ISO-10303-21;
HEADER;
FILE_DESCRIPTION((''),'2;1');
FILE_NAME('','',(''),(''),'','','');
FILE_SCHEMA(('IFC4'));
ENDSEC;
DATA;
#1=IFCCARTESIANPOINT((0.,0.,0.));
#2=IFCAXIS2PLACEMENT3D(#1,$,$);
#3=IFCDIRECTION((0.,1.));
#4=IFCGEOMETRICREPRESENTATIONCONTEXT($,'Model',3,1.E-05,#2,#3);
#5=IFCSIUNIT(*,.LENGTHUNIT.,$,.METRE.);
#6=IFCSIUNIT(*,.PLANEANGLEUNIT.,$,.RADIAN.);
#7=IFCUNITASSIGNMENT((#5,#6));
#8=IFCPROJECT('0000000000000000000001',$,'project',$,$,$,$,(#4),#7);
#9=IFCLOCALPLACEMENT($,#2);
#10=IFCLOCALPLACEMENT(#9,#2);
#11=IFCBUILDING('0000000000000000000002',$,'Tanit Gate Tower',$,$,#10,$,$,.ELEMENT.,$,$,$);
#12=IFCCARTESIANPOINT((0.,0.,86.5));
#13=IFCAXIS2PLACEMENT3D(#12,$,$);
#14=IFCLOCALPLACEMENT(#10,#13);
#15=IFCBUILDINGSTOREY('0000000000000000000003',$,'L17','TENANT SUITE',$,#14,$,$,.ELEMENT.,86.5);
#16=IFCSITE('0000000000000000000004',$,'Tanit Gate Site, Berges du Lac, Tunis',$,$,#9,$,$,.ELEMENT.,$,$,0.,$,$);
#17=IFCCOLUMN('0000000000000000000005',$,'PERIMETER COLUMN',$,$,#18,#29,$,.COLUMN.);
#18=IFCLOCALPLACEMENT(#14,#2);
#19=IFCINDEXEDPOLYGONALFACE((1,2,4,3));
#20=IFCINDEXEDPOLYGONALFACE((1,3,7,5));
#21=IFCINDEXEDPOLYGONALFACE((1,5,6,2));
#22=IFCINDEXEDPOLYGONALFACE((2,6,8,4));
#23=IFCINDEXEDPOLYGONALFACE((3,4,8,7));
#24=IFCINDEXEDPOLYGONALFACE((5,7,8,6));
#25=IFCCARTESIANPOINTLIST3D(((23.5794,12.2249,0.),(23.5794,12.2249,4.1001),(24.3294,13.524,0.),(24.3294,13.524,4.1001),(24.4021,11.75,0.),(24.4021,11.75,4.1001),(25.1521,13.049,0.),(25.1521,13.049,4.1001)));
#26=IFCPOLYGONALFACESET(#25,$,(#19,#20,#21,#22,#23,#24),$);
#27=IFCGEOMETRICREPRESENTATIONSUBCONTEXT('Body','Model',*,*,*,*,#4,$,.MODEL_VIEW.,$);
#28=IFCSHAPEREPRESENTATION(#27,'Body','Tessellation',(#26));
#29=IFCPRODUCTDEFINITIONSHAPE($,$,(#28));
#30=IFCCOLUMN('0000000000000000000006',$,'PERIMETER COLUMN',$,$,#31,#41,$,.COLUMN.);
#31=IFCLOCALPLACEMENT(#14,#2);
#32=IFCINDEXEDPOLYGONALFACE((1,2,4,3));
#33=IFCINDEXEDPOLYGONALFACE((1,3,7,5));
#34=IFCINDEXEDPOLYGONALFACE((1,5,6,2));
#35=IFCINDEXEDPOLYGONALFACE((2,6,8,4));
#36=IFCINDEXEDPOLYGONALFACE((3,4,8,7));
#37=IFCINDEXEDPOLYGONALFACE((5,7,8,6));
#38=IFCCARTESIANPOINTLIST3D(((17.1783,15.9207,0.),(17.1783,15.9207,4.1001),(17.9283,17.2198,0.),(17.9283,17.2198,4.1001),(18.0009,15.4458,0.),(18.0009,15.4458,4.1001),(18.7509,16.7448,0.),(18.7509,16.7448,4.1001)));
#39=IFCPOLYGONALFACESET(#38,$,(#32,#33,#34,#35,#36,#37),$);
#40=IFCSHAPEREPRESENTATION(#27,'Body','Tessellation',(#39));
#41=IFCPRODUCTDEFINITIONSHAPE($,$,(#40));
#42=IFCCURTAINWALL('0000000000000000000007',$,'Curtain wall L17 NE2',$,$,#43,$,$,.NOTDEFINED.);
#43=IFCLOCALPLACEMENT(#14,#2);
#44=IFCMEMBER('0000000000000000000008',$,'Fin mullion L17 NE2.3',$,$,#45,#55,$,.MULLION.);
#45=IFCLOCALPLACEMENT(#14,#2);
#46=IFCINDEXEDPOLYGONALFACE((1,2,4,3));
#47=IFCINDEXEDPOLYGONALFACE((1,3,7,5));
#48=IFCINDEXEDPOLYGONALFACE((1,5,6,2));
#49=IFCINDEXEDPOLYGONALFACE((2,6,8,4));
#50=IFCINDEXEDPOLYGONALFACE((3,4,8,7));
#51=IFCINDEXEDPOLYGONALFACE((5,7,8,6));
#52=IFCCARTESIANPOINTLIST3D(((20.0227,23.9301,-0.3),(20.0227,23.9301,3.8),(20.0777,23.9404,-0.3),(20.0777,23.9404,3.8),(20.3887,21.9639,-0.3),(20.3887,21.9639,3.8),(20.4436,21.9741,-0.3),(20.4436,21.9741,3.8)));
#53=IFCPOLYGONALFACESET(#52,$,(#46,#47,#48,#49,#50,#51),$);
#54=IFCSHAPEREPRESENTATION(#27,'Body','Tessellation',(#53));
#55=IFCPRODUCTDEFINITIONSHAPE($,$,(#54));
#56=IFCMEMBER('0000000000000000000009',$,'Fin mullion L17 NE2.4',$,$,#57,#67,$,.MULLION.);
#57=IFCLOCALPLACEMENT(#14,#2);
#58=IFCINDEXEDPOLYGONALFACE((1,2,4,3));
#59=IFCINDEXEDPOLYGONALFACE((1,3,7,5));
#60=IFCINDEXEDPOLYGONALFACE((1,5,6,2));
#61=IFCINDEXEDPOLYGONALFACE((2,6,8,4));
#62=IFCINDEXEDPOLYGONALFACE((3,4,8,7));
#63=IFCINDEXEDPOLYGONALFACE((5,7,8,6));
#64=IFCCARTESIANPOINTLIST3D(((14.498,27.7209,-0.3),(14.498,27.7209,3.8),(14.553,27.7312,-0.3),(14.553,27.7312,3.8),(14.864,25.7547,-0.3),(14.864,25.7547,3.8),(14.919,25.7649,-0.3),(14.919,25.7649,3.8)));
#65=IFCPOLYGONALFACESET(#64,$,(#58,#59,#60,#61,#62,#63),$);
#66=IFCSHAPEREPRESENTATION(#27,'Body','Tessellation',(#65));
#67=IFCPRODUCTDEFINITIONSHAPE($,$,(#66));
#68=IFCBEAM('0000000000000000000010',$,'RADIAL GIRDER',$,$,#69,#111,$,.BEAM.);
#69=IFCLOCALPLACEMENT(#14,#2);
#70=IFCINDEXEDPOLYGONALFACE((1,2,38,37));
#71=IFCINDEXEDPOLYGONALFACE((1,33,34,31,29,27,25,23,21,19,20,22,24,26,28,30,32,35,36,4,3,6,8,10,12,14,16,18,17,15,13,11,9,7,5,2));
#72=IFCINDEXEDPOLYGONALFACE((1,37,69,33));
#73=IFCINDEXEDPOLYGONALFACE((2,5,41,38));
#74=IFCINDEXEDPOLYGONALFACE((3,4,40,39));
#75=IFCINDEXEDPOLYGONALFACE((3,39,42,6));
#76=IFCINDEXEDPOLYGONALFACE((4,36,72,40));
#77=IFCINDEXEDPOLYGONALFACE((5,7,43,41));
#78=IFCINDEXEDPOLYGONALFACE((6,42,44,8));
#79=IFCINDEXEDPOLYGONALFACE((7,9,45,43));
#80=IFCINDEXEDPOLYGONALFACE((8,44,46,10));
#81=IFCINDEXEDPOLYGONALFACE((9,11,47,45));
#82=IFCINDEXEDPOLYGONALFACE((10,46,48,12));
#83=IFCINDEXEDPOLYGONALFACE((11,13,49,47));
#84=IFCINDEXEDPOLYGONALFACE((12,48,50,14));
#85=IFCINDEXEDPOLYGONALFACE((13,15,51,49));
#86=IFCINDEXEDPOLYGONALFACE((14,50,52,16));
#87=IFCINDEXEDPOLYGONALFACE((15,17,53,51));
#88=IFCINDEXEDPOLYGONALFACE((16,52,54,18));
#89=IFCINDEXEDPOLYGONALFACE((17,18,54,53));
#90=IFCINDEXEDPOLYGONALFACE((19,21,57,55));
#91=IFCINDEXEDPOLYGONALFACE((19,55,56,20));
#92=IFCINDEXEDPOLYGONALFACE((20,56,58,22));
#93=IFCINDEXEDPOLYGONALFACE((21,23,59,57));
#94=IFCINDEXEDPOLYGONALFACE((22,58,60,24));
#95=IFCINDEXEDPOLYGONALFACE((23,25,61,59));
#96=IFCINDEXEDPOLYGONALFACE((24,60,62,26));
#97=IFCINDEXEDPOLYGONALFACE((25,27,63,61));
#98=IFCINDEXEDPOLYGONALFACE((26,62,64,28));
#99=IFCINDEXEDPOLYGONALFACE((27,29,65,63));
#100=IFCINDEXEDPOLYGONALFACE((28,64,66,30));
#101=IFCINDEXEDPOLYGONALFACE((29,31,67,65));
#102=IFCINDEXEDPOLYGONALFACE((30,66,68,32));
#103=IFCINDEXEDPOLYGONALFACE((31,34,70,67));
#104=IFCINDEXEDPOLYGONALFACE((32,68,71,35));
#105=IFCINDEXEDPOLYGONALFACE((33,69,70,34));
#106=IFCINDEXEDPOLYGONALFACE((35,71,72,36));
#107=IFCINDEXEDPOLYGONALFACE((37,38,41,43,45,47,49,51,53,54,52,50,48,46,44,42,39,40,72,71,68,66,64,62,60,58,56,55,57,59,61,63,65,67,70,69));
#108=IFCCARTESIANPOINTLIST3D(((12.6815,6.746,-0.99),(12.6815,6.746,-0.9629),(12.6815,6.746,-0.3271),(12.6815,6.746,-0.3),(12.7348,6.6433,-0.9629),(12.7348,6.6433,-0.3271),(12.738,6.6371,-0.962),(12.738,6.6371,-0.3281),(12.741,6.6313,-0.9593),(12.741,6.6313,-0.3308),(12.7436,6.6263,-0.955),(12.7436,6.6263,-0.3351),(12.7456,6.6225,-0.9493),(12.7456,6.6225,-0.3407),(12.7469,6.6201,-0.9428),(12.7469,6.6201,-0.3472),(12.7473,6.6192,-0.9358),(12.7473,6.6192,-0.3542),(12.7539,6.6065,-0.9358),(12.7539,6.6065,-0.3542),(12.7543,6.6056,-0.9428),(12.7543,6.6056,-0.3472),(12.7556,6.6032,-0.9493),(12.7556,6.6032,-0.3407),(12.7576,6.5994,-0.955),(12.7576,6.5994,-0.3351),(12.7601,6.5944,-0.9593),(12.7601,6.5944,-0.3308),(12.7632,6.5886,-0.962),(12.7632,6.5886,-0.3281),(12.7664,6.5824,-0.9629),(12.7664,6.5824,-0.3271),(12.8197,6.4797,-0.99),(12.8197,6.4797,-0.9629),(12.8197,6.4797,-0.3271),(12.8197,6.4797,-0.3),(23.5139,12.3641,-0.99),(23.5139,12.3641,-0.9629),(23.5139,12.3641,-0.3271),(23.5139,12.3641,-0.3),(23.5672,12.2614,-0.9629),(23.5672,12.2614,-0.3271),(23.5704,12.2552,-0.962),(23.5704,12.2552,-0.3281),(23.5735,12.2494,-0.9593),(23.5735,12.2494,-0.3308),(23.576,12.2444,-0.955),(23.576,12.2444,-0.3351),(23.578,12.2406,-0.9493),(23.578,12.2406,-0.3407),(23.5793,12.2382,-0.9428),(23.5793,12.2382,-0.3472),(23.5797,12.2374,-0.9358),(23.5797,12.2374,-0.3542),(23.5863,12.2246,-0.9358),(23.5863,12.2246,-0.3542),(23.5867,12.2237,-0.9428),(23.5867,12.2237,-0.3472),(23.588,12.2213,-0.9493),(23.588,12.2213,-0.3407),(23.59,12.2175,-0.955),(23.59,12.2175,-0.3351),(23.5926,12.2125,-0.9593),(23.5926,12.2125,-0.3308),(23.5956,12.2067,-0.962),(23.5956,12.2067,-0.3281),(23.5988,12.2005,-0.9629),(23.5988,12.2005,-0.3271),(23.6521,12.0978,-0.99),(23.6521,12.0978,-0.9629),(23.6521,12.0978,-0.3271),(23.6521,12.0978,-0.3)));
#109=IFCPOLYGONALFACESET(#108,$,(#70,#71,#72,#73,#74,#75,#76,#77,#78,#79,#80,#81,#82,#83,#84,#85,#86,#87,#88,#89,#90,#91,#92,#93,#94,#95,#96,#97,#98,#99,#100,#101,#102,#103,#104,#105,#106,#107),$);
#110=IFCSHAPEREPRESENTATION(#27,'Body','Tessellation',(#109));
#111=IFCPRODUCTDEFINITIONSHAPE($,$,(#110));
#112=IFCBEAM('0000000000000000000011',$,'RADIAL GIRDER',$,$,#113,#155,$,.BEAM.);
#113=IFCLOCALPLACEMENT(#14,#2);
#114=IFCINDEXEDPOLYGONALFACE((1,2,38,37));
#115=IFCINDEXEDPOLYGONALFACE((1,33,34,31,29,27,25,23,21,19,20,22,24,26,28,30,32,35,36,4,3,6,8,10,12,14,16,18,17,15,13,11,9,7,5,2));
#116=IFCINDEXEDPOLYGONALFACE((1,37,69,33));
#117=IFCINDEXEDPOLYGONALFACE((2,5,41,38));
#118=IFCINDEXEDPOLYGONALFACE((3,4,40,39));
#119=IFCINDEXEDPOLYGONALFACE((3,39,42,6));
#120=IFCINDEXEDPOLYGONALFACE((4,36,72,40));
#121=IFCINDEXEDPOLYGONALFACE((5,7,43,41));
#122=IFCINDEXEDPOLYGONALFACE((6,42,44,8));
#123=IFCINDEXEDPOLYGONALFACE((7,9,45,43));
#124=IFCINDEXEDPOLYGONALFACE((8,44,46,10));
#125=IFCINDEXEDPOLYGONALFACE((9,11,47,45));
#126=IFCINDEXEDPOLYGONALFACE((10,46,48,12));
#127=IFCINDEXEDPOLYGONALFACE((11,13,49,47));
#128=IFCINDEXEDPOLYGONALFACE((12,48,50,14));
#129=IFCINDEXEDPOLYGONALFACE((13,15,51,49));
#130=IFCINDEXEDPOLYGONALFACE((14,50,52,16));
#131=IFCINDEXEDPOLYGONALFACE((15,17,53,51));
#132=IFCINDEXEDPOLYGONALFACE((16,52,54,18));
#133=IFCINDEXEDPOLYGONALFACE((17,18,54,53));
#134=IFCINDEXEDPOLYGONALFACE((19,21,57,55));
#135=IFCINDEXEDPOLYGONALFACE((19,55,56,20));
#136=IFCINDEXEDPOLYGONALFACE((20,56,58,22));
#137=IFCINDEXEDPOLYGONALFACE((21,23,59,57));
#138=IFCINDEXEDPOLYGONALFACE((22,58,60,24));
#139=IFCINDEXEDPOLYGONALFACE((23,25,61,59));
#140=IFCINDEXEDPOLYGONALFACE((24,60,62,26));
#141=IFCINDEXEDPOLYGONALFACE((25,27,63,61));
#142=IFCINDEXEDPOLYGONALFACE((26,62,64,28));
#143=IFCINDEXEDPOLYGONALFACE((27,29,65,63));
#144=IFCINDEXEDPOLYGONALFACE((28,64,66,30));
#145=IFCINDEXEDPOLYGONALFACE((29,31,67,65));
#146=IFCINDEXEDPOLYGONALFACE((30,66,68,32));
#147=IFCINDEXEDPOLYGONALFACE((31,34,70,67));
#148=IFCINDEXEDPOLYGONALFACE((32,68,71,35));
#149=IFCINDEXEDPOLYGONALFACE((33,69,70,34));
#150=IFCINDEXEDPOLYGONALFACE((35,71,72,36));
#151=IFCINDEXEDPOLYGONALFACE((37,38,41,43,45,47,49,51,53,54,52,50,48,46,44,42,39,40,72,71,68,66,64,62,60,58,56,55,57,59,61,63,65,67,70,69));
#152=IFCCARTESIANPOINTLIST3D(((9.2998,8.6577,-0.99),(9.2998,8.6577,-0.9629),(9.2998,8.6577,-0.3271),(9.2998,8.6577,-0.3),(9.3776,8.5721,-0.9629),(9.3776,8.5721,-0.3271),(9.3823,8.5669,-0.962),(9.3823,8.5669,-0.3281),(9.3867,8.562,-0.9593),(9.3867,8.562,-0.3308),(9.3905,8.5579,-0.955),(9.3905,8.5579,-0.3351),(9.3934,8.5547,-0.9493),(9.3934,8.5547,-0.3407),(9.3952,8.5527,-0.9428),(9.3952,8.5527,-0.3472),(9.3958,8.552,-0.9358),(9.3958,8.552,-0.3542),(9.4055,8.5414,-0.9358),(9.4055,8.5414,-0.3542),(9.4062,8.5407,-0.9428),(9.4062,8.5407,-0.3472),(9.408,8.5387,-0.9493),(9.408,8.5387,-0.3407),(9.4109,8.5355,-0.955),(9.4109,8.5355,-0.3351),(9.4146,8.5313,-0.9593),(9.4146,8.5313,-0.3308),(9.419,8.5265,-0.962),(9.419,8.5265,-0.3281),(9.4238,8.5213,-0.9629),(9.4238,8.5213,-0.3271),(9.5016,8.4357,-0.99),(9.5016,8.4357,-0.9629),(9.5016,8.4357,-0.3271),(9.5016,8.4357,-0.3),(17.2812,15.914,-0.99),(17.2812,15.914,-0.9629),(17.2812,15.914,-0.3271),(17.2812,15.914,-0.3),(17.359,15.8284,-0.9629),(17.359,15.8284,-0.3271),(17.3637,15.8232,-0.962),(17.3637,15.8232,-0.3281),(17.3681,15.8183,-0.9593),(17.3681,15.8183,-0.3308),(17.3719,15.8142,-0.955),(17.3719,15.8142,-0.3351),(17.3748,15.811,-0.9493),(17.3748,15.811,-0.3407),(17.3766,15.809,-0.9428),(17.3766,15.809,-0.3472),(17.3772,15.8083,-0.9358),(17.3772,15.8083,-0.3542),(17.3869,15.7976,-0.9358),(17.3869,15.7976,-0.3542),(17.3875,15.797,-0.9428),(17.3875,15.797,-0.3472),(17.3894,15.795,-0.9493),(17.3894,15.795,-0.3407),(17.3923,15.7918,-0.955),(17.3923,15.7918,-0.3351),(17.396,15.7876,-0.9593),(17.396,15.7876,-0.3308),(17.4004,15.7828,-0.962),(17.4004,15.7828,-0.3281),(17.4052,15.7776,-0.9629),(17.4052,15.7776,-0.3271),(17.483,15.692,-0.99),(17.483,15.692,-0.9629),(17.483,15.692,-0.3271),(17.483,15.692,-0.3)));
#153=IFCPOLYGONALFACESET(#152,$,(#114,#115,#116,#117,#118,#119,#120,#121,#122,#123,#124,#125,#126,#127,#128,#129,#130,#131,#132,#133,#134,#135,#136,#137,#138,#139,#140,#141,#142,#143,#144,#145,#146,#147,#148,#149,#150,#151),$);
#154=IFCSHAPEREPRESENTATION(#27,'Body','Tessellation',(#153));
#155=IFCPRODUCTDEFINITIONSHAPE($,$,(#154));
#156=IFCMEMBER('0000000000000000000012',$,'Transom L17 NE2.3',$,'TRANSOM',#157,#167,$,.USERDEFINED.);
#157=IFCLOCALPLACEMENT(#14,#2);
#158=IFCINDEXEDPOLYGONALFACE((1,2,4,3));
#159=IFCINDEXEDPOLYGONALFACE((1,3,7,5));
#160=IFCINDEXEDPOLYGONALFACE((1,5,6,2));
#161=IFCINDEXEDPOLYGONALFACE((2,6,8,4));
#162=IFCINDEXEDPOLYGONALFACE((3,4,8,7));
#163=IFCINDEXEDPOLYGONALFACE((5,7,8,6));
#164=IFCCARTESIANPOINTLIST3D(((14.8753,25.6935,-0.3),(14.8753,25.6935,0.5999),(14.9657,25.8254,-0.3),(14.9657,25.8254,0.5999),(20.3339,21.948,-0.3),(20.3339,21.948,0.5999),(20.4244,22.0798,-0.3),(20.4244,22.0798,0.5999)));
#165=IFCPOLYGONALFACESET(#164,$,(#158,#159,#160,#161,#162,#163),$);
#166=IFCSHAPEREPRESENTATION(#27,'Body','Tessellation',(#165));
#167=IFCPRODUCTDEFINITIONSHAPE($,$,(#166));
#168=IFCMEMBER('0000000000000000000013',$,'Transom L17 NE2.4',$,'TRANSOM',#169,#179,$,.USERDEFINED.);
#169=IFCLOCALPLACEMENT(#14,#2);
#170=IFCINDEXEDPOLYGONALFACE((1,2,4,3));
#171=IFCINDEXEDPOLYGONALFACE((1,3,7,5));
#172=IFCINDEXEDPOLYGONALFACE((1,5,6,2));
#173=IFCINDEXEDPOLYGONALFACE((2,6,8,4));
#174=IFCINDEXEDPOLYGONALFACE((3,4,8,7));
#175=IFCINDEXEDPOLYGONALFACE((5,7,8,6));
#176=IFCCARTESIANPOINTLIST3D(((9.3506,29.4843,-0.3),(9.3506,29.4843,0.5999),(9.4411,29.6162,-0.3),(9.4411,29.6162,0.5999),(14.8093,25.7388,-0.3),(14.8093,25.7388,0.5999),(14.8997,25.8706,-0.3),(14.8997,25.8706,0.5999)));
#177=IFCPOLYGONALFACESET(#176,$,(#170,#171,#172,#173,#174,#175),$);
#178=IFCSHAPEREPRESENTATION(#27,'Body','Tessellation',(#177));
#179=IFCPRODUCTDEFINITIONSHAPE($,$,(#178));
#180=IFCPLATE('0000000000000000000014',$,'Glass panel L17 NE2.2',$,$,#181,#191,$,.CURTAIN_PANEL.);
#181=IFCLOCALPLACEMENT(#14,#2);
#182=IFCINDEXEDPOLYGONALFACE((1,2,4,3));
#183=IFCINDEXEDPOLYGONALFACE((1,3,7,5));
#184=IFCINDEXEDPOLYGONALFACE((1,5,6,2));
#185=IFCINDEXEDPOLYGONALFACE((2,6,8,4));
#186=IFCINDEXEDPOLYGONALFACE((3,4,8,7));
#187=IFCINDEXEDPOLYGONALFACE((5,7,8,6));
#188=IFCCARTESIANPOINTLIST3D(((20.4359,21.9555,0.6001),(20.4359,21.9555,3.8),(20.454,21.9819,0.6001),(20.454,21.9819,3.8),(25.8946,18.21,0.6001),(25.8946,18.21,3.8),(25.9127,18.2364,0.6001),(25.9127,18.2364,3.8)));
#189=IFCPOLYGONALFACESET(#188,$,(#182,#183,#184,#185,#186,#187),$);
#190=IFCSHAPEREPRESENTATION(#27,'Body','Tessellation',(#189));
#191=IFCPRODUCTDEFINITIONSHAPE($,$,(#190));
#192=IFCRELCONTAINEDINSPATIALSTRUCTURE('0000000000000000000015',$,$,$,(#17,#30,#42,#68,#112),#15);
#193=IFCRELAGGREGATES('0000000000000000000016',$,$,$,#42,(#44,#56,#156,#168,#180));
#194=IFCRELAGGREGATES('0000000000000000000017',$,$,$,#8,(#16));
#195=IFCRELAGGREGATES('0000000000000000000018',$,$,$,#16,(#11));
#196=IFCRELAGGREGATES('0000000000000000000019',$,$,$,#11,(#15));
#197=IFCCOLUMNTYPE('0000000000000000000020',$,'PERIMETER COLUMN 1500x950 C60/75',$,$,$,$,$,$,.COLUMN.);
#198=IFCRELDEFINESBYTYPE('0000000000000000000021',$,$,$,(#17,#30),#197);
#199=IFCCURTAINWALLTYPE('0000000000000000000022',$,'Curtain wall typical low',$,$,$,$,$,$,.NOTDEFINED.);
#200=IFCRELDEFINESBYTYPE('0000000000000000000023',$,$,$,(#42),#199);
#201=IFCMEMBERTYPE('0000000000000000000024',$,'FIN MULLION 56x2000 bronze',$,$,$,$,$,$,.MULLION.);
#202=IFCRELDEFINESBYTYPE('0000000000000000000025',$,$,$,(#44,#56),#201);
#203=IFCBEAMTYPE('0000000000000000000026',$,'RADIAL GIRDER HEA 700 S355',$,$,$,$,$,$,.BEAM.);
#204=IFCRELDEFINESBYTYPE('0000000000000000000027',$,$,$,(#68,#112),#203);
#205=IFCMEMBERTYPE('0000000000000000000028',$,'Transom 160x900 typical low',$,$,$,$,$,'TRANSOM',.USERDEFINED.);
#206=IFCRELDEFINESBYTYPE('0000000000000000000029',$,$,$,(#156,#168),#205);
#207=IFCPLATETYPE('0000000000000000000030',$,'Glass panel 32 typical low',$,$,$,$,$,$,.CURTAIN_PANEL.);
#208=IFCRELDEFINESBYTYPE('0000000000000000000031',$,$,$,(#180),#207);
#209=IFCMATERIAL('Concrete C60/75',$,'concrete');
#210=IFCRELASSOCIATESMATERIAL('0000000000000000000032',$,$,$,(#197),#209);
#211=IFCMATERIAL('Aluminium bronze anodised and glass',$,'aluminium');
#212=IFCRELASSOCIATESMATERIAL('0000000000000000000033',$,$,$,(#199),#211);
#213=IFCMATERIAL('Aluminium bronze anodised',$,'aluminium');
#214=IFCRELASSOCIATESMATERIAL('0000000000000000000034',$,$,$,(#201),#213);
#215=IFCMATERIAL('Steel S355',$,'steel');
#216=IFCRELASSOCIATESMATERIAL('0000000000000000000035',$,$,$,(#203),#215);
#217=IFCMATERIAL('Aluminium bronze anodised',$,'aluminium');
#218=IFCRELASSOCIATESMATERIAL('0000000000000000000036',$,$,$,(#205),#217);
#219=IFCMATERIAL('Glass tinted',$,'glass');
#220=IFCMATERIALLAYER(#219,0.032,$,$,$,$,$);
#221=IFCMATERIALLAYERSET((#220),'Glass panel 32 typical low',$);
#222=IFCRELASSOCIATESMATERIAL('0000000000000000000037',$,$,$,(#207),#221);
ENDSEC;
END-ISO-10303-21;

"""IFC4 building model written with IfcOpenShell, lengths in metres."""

from ifc_helpers import new_model, si_unit, direction, frame, origin, origin_2d, place, context, subcontext, project, spatial, rectangle, i_section, extrude, material, layer, layer_set, material_profile, profile_set, type_object, element, aggregate, save


model = new_model("IFC4")

# Units and contexts
model_context = context("Model", 3, precision=1e-05, world=origin(), true_north=direction((0.0, 1.0)))
body_context = subcontext(model_context, "Body", "Model", "MODEL_VIEW")
ifc_project = project(units=[si_unit("LENGTHUNIT", "METRE"), si_unit("PLANEANGLEUNIT", "RADIAN")], contexts=[model_context])

# Site, building, storey
site_placement = place(None, origin())
site = spatial("IfcSite", under=ifc_project, at=site_placement, Name="Tanit Gate Site, Berges du Lac, Tunis", CompositionType="ELEMENT", RefElevation=0.0)
building_placement = place(site_placement, origin())
building = spatial("IfcBuilding", under=site, at=building_placement, Name="Tanit Gate Tower", CompositionType="ELEMENT")
storey_placement = place(building_placement, frame((0.0, 0.0, 86.5)))
storey = spatial("IfcBuildingStorey", under=building, at=storey_placement, Name="L17", Description="TENANT SUITE", CompositionType="ELEMENT", Elevation=86.5)

# Columns
ifc_material_1 = material(Name="Concrete C60/75", Category="concrete")
ifc_material_profile_1 = material_profile(ifc_material_1, rectangle(XDim=1.5, YDim=0.95, at=origin_2d()), Name="RC 1500x950")
ifc_profile_set_1 = profile_set([ifc_material_profile_1], Name="Concrete C60/75")
column_type = type_object("IfcColumnType", Name="PERIMETER COLUMN 1500x950 C60/75", PredefinedType="COLUMN", material=ifc_profile_set_1)
for number, where, z_axis, x_axis, name in (
    (1, (24.3657, 12.637, 0.0), (0.0, 0.0, 1.0), (0.5, 0.866025, 0.0), "PERIMETER COLUMN"),
    (2, (17.9646, 16.3328, 0.0), (0.0, 0.0, 1.0), (0.5, 0.866025, 0.0), "PERIMETER COLUMN"),
):
    element("IfcColumn", number, at=place(storey_placement, frame(where, z_axis=z_axis, x_axis=x_axis)), inside=storey, type_object=column_type, Name=name, PredefinedType="COLUMN", context=body_context, shape_type="SweptSolid", body=[
        extrude(rectangle(XDim=1.5, YDim=0.95, at=origin_2d()), origin(), (0.0, 0.0, 1.0), 4.1001),
    ])

# Curtain wall, members
ifc_material_2 = material(Name="Aluminium bronze anodised and glass", Category="aluminium")
curtain_wall_type = type_object("IfcCurtainWallType", Name="Curtain wall typical low", PredefinedType="NOTDEFINED", material=ifc_material_2)
curtain_wall_placement = place(storey_placement, origin())
curtain_wall = element("IfcCurtainWall", 3, at=curtain_wall_placement, inside=storey, type_object=curtain_wall_type, Name="Curtain wall L17 NE2", PredefinedType="NOTDEFINED")
ifc_material_3 = material(Name="Aluminium bronze anodised", Category="aluminium")
ifc_material_profile_2 = material_profile(ifc_material_3, rectangle(XDim=2.0, YDim=0.0559, at=origin_2d()), Name="56x2000 bronze fin mullion")
ifc_profile_set_2 = profile_set([ifc_material_profile_2], Name="Aluminium bronze anodised")
member_type_1 = type_object("IfcMemberType", Name="FIN MULLION 56x2000 bronze", PredefinedType="MULLION", material=ifc_profile_set_2)
member_1_placement = place(storey_placement, frame((20.2332, 22.9521, -0.3), z_axis=(0.0, 0.0, 1.0), x_axis=(0.182983, -0.983116, 0.0)))
member_1 = element("IfcMember", 4, at=member_1_placement, type_object=member_type_1, Name="Fin mullion L17 NE2.3", PredefinedType="MULLION", context=body_context, shape_type="SweptSolid", body=[
    extrude(rectangle(XDim=2.0, YDim=0.0559, at=origin_2d()), origin(), (0.0, 0.0, 1.0), 4.1001),
])
member_2_placement = place(storey_placement, frame((14.7085, 26.7429, -0.3), z_axis=(0.0, 0.0, 1.0), x_axis=(0.182983, -0.983116, 0.0)))
member_2 = element("IfcMember", 5, at=member_2_placement, type_object=member_type_1, Name="Fin mullion L17 NE2.4", PredefinedType="MULLION", context=body_context, shape_type="SweptSolid", body=[
    extrude(rectangle(XDim=2.0, YDim=0.0559, at=origin_2d()), origin(), (0.0, 0.0, 1.0), 4.1001),
])

# Beams
ifc_material_4 = material(Name="Steel S355", Category="steel")
ifc_material_profile_3 = material_profile(ifc_material_4, i_section(OverallWidth=0.3, OverallDepth=0.6899, WebThickness=0.0144, FlangeThickness=0.0271, FilletRadius=0.0271, at=origin_2d()), Name="HEA 700")
ifc_profile_set_3 = profile_set([ifc_material_profile_3], Name="Steel S355")
beam_type = type_object("IfcBeamType", Name="RADIAL GIRDER HEA 700 S355", PredefinedType="BEAM", material=ifc_profile_set_3)
beam_1_placement = place(storey_placement, frame((23.583, 12.231, -0.645), z_axis=(-0.887711, -0.460401, 0.0), x_axis=(0.460401, -0.887711, 0.0)))
element("IfcBeam", 6, at=beam_1_placement, inside=storey, type_object=beam_type, Name="RADIAL GIRDER", PredefinedType="BEAM", context=body_context, shape_type="SweptSolid", body=[
    extrude(i_section(OverallWidth=0.3, OverallDepth=0.6899, WebThickness=0.0144, FlangeThickness=0.0271, FilletRadius=0.0271, at=origin_2d()), origin(), (0.0, 0.0, 1.0), 12.2026),
])
beam_2_placement = place(storey_placement, frame((17.3821, 15.803, -0.645), z_axis=(-0.739918, -0.672698, 0.0), x_axis=(0.672698, -0.739918, 0.0)))
element("IfcBeam", 7, at=beam_2_placement, inside=storey, type_object=beam_type, Name="RADIAL GIRDER", PredefinedType="BEAM", context=body_context, shape_type="SweptSolid", body=[
    extrude(i_section(OverallWidth=0.3, OverallDepth=0.6899, WebThickness=0.0144, FlangeThickness=0.0271, FilletRadius=0.0271, at=origin_2d()), origin(), (0.0, 0.0, 1.0), 10.7869),
])

# Members
ifc_material_5 = material(Name="Aluminium bronze anodised", Category="aluminium")
ifc_material_profile_4 = material_profile(ifc_material_5, rectangle(XDim=0.1599, YDim=0.8999, at=origin_2d()), Name="160x900 bronze transom")
ifc_profile_set_4 = profile_set([ifc_material_profile_4], Name="Aluminium bronze anodised")
member_type_2 = type_object("IfcMemberType", Name="Transom 160x900 typical low", ElementType="TRANSOM", PredefinedType="USERDEFINED", material=ifc_profile_set_4)
member_3_placement = place(storey_placement, frame((20.3792, 22.0139, 0.1499), z_axis=(-0.824555, 0.565782, 0.0), x_axis=(-0.565782, -0.824555, 0.0)))
member_3 = element("IfcMember", 8, at=member_3_placement, type_object=member_type_2, Name="Transom L17 NE2.3", ObjectType="TRANSOM", PredefinedType="USERDEFINED", context=body_context, shape_type="SweptSolid", body=[
    extrude(rectangle(XDim=0.1599, YDim=0.8999, at=origin_2d()), origin(), (0.0, 0.0, 1.0), 6.6201),
])
member_4_placement = place(storey_placement, frame((14.8545, 25.8047, 0.1499), z_axis=(-0.824555, 0.565782, 0.0), x_axis=(-0.565782, -0.824555, 0.0)))
member_4 = element("IfcMember", 9, at=member_4_placement, type_object=member_type_2, Name="Transom L17 NE2.4", ObjectType="TRANSOM", PredefinedType="USERDEFINED", context=body_context, shape_type="SweptSolid", body=[
    extrude(rectangle(XDim=0.1599, YDim=0.8999, at=origin_2d()), origin(), (0.0, 0.0, 1.0), 6.6201),
])

# Plate
ifc_material_6 = material(Name="Glass tinted", Category="glass")
ifc_layer_1 = layer(ifc_material_6, 0.032)
ifc_layer_set_1 = layer_set([ifc_layer_1], Name="Glass panel 32 typical low")
plate_type = type_object("IfcPlateType", Name="Glass panel 32 typical low", PredefinedType="CURTAIN_PANEL", material=ifc_layer_set_1)
plate_1_placement = place(storey_placement, frame((23.1743, 20.0959, 0.6001), z_axis=(0.0, 0.0, 1.0), x_axis=(-0.824557, 0.56578, 0.0)))
plate_1 = element("IfcPlate", 10, at=plate_1_placement, type_object=plate_type, Name="Glass panel L17 NE2.2", PredefinedType="CURTAIN_PANEL", context=body_context, shape_type="SweptSolid", body=[
    extrude(rectangle(XDim=6.6201, YDim=0.032, at=origin_2d()), origin(), (0.0, 0.0, 1.0), 3.2),
])
aggregate(curtain_wall, [member_1, member_2, member_3, member_4, plate_1])

save(model, "model.ifc")
